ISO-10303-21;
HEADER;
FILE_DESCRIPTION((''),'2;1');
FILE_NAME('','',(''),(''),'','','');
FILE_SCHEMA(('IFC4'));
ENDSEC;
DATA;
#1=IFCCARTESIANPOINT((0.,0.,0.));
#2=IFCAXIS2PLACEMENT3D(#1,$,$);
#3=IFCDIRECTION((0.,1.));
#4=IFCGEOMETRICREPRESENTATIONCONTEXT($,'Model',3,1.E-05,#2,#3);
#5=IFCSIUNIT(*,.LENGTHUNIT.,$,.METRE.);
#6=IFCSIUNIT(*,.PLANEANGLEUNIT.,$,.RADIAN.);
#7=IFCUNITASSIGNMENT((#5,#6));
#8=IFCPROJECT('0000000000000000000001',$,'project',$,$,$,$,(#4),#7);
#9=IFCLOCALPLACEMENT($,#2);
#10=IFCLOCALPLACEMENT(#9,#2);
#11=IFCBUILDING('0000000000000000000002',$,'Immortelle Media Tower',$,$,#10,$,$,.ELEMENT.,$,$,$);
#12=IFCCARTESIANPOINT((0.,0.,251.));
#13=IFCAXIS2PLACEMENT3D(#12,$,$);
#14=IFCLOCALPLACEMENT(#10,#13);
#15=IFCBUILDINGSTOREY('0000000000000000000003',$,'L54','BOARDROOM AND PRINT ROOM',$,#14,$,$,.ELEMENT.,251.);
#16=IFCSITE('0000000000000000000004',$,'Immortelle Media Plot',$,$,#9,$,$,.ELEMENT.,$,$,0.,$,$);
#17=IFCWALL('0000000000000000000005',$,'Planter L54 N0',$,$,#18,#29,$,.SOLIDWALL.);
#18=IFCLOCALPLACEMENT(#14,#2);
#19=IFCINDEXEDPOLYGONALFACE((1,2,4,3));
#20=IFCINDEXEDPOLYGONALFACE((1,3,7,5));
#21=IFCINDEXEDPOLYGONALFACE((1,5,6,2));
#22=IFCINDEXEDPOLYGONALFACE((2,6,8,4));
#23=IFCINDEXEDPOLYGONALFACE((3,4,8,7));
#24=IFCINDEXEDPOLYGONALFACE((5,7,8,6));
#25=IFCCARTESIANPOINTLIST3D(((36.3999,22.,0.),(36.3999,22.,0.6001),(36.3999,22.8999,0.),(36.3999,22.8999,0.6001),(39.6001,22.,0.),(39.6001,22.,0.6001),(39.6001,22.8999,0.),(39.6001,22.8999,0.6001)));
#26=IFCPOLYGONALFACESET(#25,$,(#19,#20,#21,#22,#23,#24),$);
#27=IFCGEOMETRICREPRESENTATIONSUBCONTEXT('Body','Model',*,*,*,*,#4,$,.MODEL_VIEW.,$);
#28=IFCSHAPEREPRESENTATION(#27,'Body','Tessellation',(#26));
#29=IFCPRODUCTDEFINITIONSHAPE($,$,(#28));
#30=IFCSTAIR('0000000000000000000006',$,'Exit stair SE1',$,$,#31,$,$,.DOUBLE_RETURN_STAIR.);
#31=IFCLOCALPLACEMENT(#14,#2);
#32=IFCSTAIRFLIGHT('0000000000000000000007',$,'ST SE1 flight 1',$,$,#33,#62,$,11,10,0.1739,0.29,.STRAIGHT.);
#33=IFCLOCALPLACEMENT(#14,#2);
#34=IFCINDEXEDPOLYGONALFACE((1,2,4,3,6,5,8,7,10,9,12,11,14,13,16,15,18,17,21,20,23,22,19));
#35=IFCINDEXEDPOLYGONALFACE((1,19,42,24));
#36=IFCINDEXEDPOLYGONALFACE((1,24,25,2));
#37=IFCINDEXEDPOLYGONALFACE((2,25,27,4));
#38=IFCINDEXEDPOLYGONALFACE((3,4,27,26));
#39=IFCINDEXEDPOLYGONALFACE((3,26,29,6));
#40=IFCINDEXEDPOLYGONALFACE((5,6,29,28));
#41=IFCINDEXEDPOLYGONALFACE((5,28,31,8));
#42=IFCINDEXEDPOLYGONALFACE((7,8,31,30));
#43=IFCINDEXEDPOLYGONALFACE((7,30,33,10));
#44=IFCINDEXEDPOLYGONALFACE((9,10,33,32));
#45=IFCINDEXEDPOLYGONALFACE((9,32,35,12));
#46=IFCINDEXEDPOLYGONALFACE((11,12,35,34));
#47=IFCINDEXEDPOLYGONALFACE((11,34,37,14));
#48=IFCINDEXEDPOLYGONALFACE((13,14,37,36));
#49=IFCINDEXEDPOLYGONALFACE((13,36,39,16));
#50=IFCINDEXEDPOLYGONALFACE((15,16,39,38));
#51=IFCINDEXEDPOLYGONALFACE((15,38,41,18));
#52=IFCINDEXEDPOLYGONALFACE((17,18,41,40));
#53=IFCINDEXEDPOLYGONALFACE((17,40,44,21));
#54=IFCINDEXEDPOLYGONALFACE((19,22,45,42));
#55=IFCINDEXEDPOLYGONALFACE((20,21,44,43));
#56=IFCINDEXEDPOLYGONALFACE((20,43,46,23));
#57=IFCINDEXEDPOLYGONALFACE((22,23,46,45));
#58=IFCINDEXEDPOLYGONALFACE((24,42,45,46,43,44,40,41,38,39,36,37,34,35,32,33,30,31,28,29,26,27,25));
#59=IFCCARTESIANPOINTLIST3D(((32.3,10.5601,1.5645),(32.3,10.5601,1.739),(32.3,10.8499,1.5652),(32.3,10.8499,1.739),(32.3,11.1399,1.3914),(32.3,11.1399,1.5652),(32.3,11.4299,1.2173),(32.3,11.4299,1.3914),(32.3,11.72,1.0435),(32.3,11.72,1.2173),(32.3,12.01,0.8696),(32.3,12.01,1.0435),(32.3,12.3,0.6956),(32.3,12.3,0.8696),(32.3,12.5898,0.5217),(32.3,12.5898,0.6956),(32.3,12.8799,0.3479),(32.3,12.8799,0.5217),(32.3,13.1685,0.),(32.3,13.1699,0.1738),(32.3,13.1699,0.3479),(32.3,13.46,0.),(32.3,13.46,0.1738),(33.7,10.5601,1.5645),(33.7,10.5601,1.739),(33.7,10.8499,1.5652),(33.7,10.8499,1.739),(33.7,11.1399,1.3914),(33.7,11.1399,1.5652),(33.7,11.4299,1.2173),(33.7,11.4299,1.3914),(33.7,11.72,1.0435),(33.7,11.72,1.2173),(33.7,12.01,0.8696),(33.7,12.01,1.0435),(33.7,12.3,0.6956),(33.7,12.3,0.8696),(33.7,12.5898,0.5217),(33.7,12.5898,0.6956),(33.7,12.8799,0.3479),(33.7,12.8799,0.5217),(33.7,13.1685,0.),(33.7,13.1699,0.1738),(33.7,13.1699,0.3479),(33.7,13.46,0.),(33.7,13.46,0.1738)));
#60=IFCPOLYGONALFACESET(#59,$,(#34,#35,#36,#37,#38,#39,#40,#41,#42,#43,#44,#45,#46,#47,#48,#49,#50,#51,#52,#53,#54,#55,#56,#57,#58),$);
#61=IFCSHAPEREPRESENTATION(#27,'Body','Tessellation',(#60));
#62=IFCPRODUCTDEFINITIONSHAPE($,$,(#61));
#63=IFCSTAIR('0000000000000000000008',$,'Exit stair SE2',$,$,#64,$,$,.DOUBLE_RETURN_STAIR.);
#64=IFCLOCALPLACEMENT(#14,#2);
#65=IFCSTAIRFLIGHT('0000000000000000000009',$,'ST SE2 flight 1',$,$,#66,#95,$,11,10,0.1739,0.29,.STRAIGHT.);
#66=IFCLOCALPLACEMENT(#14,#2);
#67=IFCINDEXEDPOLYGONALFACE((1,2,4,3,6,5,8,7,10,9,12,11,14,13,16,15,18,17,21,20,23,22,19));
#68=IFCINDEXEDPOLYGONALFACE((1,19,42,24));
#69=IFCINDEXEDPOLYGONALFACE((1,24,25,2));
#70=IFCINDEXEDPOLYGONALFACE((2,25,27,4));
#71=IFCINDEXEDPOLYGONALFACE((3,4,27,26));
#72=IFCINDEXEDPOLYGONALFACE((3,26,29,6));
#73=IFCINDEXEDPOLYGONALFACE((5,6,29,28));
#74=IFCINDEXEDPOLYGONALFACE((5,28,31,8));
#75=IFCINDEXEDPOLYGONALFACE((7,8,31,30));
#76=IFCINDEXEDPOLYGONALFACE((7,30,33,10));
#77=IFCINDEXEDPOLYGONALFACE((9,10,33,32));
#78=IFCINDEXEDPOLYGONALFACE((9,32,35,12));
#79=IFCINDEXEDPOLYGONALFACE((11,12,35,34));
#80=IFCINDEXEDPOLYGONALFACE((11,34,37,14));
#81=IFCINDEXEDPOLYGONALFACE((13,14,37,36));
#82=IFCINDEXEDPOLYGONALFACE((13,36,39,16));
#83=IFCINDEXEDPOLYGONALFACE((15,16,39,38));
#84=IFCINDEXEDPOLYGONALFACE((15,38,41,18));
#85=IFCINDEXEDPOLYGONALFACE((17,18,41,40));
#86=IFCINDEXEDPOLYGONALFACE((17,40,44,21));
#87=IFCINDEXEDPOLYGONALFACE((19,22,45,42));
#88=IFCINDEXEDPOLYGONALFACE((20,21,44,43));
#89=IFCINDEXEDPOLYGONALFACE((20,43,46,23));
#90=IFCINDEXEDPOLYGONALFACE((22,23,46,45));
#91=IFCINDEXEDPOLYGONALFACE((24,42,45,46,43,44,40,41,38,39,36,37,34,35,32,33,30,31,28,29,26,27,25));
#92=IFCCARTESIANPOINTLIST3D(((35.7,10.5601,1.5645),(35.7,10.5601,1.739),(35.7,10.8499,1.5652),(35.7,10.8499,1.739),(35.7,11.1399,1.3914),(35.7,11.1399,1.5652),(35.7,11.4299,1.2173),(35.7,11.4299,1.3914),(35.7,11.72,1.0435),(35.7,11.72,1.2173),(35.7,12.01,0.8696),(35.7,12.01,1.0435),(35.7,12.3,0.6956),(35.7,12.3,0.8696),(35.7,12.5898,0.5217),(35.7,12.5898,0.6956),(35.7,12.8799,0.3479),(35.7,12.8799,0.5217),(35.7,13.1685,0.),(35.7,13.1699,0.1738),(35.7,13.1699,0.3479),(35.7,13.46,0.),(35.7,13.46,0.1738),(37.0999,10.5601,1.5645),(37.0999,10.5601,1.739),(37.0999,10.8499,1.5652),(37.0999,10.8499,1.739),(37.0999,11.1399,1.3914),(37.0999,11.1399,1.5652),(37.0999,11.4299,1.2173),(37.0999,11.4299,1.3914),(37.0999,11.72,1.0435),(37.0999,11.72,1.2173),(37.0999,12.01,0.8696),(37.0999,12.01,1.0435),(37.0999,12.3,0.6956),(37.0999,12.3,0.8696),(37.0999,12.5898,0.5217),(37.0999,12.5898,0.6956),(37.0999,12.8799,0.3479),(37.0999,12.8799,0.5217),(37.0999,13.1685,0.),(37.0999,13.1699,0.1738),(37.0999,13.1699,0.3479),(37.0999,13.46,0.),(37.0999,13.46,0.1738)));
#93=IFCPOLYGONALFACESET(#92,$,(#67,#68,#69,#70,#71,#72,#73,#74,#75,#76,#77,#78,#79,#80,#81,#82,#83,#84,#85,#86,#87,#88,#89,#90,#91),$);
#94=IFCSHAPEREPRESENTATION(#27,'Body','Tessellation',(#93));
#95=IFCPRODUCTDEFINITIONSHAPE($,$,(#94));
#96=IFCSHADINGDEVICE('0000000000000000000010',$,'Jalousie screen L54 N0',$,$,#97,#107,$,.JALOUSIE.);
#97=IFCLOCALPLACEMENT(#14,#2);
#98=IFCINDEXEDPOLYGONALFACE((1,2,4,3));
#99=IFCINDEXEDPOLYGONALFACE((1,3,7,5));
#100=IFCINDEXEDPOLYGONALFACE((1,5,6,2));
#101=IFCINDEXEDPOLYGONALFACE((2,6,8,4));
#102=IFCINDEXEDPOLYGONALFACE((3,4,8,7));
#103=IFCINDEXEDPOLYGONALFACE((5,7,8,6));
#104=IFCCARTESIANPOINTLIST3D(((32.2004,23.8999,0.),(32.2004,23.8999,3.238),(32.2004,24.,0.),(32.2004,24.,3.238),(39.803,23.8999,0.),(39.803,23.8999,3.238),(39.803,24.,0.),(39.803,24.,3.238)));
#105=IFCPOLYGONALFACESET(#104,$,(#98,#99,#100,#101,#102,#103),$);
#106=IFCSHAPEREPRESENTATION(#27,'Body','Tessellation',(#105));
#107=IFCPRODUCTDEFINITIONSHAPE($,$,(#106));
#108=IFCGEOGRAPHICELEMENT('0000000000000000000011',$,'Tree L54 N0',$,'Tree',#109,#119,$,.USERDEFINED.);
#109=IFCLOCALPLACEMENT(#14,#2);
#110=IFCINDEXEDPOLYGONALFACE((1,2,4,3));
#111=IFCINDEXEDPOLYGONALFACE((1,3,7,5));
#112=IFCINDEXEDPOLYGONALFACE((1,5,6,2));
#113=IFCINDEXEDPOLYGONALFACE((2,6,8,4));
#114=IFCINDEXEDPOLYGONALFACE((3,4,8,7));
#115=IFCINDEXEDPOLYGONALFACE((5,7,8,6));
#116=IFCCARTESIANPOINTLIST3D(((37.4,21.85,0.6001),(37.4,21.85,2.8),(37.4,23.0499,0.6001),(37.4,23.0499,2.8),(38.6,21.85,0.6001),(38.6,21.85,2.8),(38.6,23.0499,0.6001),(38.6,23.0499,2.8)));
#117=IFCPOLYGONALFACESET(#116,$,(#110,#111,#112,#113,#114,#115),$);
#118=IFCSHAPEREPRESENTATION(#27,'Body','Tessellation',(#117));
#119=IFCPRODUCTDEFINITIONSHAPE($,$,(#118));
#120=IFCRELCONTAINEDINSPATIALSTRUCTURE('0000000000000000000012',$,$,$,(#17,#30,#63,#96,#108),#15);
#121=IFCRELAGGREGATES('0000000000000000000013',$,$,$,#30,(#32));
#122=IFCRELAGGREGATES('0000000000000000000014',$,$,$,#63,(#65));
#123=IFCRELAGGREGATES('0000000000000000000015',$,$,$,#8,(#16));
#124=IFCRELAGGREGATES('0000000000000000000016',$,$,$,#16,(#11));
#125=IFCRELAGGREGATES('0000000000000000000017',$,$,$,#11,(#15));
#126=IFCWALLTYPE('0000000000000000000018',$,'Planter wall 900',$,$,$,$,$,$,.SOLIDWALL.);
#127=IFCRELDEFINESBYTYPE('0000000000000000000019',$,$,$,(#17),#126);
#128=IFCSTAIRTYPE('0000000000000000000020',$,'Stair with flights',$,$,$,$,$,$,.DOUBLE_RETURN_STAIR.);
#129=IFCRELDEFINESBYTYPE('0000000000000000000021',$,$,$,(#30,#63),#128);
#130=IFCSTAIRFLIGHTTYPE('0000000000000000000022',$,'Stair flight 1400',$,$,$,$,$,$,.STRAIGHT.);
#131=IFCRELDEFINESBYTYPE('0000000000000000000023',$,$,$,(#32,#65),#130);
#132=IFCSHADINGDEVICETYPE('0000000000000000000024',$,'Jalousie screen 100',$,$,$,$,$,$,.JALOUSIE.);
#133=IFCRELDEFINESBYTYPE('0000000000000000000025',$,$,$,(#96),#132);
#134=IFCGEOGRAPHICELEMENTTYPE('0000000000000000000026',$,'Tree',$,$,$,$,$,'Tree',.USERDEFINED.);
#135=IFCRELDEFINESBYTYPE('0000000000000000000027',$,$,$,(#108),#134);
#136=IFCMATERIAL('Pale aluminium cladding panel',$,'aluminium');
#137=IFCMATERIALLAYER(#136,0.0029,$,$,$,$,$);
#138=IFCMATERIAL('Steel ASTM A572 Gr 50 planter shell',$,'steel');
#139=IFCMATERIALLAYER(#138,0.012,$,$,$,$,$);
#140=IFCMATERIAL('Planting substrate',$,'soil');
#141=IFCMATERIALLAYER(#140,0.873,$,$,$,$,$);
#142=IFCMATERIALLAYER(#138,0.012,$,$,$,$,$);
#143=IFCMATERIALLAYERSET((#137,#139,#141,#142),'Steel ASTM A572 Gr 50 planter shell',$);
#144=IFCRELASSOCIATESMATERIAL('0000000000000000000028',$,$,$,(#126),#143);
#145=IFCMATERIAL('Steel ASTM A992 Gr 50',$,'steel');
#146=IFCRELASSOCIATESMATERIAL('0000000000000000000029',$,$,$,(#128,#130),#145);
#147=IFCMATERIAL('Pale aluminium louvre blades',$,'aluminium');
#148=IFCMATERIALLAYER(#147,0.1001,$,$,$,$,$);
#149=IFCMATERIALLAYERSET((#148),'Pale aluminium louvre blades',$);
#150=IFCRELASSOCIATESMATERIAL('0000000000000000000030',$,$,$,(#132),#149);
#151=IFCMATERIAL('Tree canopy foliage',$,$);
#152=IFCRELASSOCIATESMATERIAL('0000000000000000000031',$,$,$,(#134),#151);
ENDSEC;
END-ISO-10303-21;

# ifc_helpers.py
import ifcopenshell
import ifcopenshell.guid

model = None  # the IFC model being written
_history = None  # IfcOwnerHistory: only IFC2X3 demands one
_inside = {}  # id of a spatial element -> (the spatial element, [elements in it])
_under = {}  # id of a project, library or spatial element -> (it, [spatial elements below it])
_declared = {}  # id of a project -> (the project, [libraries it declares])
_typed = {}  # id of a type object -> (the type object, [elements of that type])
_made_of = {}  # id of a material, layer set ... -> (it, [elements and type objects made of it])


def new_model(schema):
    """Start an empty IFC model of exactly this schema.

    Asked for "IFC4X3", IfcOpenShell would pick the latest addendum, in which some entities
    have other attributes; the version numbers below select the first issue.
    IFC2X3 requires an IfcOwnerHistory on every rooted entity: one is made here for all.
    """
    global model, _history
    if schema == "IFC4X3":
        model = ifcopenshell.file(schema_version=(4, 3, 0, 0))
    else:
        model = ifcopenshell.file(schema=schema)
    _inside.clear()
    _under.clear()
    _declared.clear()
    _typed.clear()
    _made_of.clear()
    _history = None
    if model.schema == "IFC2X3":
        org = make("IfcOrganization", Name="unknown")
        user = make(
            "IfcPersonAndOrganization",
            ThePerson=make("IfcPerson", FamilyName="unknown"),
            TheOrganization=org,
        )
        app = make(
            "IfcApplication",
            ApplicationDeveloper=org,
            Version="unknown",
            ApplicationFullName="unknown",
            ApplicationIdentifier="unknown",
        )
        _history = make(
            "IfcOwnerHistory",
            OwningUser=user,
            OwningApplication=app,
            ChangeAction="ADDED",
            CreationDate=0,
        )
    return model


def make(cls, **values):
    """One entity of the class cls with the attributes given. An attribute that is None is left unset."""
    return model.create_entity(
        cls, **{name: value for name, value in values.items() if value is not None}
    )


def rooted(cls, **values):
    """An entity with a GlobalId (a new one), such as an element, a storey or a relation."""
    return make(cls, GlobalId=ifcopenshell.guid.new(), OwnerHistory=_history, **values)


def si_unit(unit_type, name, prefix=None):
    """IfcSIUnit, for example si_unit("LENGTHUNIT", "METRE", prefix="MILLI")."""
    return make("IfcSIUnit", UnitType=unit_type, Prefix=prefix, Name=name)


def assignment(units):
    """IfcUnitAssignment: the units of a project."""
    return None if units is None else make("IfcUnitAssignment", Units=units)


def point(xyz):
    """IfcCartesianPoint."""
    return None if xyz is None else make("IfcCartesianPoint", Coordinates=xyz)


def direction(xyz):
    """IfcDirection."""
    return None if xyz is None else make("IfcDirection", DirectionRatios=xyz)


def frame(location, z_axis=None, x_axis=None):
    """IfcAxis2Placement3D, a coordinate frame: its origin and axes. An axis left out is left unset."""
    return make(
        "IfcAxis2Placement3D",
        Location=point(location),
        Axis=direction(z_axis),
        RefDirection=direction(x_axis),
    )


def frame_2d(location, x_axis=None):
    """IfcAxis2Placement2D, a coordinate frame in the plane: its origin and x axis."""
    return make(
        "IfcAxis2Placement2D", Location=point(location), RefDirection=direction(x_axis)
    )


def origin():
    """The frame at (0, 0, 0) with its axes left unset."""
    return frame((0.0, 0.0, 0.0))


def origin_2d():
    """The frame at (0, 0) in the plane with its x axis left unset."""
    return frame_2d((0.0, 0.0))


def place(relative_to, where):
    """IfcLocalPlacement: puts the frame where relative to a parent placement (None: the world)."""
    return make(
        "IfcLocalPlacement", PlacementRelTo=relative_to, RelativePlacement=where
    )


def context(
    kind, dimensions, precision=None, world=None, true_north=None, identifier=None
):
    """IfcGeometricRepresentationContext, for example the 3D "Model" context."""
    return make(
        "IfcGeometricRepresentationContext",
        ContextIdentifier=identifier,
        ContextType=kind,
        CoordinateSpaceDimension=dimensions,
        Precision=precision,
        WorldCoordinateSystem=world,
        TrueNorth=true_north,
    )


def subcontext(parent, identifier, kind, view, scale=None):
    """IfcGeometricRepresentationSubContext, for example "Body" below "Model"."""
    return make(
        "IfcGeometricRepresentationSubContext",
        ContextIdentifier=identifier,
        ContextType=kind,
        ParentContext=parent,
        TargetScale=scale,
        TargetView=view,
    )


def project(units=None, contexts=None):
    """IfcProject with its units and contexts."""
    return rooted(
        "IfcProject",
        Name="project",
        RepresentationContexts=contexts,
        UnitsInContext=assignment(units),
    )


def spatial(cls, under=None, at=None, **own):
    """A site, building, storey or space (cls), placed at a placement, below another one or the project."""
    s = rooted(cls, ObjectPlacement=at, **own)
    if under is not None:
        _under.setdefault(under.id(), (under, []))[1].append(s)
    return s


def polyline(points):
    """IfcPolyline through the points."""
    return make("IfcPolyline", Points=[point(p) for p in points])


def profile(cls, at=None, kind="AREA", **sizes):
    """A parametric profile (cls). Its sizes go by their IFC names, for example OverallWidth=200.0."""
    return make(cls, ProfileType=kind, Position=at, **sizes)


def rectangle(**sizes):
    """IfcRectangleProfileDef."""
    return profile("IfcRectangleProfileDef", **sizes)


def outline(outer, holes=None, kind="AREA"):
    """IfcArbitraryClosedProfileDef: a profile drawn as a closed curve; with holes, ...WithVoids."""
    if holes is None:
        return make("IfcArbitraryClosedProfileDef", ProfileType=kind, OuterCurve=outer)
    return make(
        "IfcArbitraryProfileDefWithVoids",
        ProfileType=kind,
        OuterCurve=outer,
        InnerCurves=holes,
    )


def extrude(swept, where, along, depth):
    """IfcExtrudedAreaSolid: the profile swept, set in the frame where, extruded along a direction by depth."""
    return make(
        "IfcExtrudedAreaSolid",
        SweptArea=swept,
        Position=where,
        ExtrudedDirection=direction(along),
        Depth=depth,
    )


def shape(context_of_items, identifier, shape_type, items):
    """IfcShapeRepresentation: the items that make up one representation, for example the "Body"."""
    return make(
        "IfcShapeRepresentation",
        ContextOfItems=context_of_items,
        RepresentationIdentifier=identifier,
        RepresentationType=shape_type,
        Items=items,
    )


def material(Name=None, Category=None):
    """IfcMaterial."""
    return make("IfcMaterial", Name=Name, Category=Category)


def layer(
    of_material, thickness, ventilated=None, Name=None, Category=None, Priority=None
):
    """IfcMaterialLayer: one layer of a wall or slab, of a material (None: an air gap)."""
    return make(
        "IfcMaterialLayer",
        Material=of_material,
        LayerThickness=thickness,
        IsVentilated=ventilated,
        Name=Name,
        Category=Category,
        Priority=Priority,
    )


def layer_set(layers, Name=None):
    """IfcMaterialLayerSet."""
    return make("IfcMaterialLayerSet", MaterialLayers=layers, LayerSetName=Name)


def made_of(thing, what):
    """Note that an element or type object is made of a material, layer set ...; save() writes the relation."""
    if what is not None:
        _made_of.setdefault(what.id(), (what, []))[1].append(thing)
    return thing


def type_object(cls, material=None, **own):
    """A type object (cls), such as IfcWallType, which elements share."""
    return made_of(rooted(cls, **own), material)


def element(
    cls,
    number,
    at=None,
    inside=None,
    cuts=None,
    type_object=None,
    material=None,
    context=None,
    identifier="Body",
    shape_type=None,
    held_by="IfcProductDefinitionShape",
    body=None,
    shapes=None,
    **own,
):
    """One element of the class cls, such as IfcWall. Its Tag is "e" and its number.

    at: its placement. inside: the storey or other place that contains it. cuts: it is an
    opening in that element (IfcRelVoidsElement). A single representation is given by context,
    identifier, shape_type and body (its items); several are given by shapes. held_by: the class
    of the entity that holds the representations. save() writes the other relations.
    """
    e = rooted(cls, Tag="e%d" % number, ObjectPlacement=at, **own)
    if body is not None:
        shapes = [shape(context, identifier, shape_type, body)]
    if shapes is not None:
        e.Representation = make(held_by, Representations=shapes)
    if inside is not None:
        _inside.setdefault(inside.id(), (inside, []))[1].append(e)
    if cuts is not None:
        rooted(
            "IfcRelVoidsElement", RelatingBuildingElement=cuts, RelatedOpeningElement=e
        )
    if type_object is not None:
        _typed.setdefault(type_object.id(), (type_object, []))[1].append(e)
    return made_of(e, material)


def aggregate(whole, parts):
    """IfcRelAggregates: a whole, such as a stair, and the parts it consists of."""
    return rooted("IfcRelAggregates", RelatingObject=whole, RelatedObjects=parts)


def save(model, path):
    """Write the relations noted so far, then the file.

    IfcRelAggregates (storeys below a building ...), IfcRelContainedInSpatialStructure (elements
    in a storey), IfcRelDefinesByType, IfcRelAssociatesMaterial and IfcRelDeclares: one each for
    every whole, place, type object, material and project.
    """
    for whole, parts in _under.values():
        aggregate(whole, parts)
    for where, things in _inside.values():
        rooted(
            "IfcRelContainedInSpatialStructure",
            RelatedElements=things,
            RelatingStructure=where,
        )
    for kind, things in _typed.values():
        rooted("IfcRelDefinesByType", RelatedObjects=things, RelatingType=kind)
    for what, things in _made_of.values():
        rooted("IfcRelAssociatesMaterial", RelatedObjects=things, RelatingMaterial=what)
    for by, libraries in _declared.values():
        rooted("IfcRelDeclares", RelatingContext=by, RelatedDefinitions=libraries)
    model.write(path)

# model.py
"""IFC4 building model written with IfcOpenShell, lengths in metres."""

from ifc_helpers import new_model, si_unit, direction, frame, frame_2d, origin, origin_2d, place, context, subcontext, project, spatial, polyline, rectangle, outline, extrude, material, layer, layer_set, type_object, element, aggregate, save


model = new_model("IFC4")

# Units and contexts
model_context = context("Model", 3, precision=1e-05, world=origin(), true_north=direction((0.0, 1.0)))
body_context = subcontext(model_context, "Body", "Model", "MODEL_VIEW")
ifc_project = project(units=[si_unit("LENGTHUNIT", "METRE"), si_unit("PLANEANGLEUNIT", "RADIAN")], contexts=[model_context])

# Site, building, storey
site_placement = place(None, origin())
site = spatial("IfcSite", under=ifc_project, at=site_placement, Name="Immortelle Media Plot", CompositionType="ELEMENT", RefElevation=0.0)
building_placement = place(site_placement, origin())
building = spatial("IfcBuilding", under=site, at=building_placement, Name="Immortelle Media Tower", CompositionType="ELEMENT")
storey_placement = place(building_placement, frame((0.0, 0.0, 251.0)))
storey = spatial("IfcBuildingStorey", under=building, at=storey_placement, Name="L54", Description="BOARDROOM AND PRINT ROOM", CompositionType="ELEMENT", Elevation=251.0)

# Shared definitions
ifc_material_1 = material(Name="Steel ASTM A992 Gr 50", Category="steel")

# Shared definitions
ifc_material_2 = material(Name="Pale aluminium cladding panel", Category="aluminium")

# Wall
ifc_layer_1 = layer(ifc_material_2, 0.0029)
ifc_material_3 = material(Name="Steel ASTM A572 Gr 50 planter shell", Category="steel")
ifc_layer_2 = layer(ifc_material_3, 0.012)
ifc_material_4 = material(Name="Planting substrate", Category="soil")
ifc_layer_3 = layer(ifc_material_4, 0.873)
ifc_layer_4 = layer(ifc_material_3, 0.012)
ifc_layer_set_1 = layer_set([ifc_layer_1, ifc_layer_2, ifc_layer_3, ifc_layer_4], Name="Steel ASTM A572 Gr 50 planter shell")
wall_type_1 = type_object("IfcWallType", Name="Planter wall 900", PredefinedType="SOLIDWALL", material=ifc_layer_set_1)
wall_1_placement = place(storey_placement, frame((39.6001, 22.45, 0.0), z_axis=(0.0, 0.0, 1.0), x_axis=(-1.0, 0.0, 0.0)))
element("IfcWall", 1, at=wall_1_placement, inside=storey, type_object=wall_type_1, Name="Planter L54 N0", PredefinedType="SOLIDWALL", context=body_context, shape_type="SweptSolid", body=[
    extrude(rectangle(XDim=3.2002, YDim=0.8999, at=frame_2d((1.6001, 0.0))), origin(), (0.0, 0.0, 1.0), 0.6001),
])

# Stairs, stair flights
stair_type = type_object("IfcStairType", Name="Stair with flights", PredefinedType="DOUBLE_RETURN_STAIR", material=ifc_material_1)
stair_1_placement = place(storey_placement, origin())
stair_1 = element("IfcStair", 2, at=stair_1_placement, inside=storey, type_object=stair_type, Name="Exit stair SE1", PredefinedType="DOUBLE_RETURN_STAIR")
stair_flight_type = type_object("IfcStairFlightType", Name="Stair flight 1400", PredefinedType="STRAIGHT", material=ifc_material_1)
stair_flight_1_placement = place(storey_placement, frame((33.0, 13.46, 0.0), z_axis=(0.0, 0.0, 1.0), x_axis=(0.0, -1.0, 0.0)))
stair_flight_1 = element("IfcStairFlight", 3, at=stair_flight_1_placement, type_object=stair_flight_type, Name="ST SE1 flight 1", NumberOfRisers=11, NumberOfTreads=10, PredefinedType="STRAIGHT", RiserHeight=0.1739, TreadLength=0.29, context=body_context, shape_type="SweptSolid", body=[
    extrude(outline(polyline([(0.0, 0.0), (0.0, 0.1738), (0.29, 0.1738), (0.29, 0.3479), (0.5801, 0.3479), (0.5801, 0.5217), (0.8701, 0.5217), (0.8701, 0.6956), (1.1599, 0.6956), (1.1599, 0.8696), (1.45, 0.8696), (1.45, 1.0435), (1.74, 1.0435), (1.74, 1.2173), (2.03, 1.2173), (2.03, 1.3914), (2.3201, 1.3914), (2.3201, 1.5652), (2.6101, 1.5652), (2.6101, 1.739), (2.8999, 1.739), (2.8999, 1.9131), (2.8999, 1.5645), (0.2915, 0.0), (0.0, 0.0)])), frame((0.0, 0.7, 0.0), z_axis=(0.0, -1.0, 0.0), x_axis=(1.0, 0.0, 0.0)), (0.0, 0.0, 1.0), 1.3999),
])
aggregate(stair_1, [stair_flight_1])
stair_2_placement = place(storey_placement, origin())
stair_2 = element("IfcStair", 4, at=stair_2_placement, inside=storey, type_object=stair_type, Name="Exit stair SE2", PredefinedType="DOUBLE_RETURN_STAIR")
stair_flight_2_placement = place(storey_placement, frame((36.3999, 13.46, 0.0), z_axis=(0.0, 0.0, 1.0), x_axis=(0.0, -1.0, 0.0)))
stair_flight_2 = element("IfcStairFlight", 5, at=stair_flight_2_placement, type_object=stair_flight_type, Name="ST SE2 flight 1", NumberOfRisers=11, NumberOfTreads=10, PredefinedType="STRAIGHT", RiserHeight=0.1739, TreadLength=0.29, context=body_context, shape_type="SweptSolid", body=[
    extrude(outline(polyline([(0.0, 0.0), (0.0, 0.1738), (0.29, 0.1738), (0.29, 0.3479), (0.5801, 0.3479), (0.5801, 0.5217), (0.8701, 0.5217), (0.8701, 0.6956), (1.1599, 0.6956), (1.1599, 0.8696), (1.45, 0.8696), (1.45, 1.0435), (1.74, 1.0435), (1.74, 1.2173), (2.03, 1.2173), (2.03, 1.3914), (2.3201, 1.3914), (2.3201, 1.5652), (2.6101, 1.5652), (2.6101, 1.739), (2.8999, 1.739), (2.8999, 1.9131), (2.8999, 1.5645), (0.2915, 0.0), (0.0, 0.0)])), frame((0.0, 0.7, 0.0), z_axis=(0.0, -1.0, 0.0), x_axis=(1.0, 0.0, 0.0)), (0.0, 0.0, 1.0), 1.3999),
])
aggregate(stair_2, [stair_flight_2])

# Shading device
ifc_material_5 = material(Name="Pale aluminium louvre blades", Category="aluminium")
ifc_layer_5 = layer(ifc_material_5, 0.1001)
ifc_layer_set_2 = layer_set([ifc_layer_5], Name="Pale aluminium louvre blades")
shading_device_type = type_object("IfcShadingDeviceType", Name="Jalousie screen 100", PredefinedType="JALOUSIE", material=ifc_layer_set_2)
shading_device_placement = place(storey_placement, frame((36.0017, 23.95, 0.0), z_axis=(0.0, 0.0, 1.0), x_axis=(-1.0, 0.0, 0.0)))
element("IfcShadingDevice", 6, at=shading_device_placement, inside=storey, type_object=shading_device_type, Name="Jalousie screen L54 N0", PredefinedType="JALOUSIE", context=body_context, shape_type="SweptSolid", body=[
    extrude(rectangle(XDim=7.6025, YDim=0.1001, at=origin_2d()), origin(), (0.0, 0.0, 1.0), 3.238),
])

# Geographic element
ifc_material_6 = material(Name="Tree canopy foliage")
geographic_element_type = type_object("IfcGeographicElementType", Name="Tree", ElementType="Tree", PredefinedType="USERDEFINED", material=ifc_material_6)
geographic_element_placement = place(storey_placement, frame((38.0, 22.45, 0.6001), z_axis=(0.0, 0.0, 1.0), x_axis=(1.0, 0.0, 0.0)))
element("IfcGeographicElement", 7, at=geographic_element_placement, inside=storey, type_object=geographic_element_type, Name="Tree L54 N0", ObjectType="Tree", PredefinedType="USERDEFINED", context=body_context, shape_type="SweptSolid", body=[
    extrude(rectangle(XDim=1.2, YDim=1.2, at=origin_2d()), origin(), (0.0, 0.0, 1.0), 2.2),
])

save(model, "model.ifc")
